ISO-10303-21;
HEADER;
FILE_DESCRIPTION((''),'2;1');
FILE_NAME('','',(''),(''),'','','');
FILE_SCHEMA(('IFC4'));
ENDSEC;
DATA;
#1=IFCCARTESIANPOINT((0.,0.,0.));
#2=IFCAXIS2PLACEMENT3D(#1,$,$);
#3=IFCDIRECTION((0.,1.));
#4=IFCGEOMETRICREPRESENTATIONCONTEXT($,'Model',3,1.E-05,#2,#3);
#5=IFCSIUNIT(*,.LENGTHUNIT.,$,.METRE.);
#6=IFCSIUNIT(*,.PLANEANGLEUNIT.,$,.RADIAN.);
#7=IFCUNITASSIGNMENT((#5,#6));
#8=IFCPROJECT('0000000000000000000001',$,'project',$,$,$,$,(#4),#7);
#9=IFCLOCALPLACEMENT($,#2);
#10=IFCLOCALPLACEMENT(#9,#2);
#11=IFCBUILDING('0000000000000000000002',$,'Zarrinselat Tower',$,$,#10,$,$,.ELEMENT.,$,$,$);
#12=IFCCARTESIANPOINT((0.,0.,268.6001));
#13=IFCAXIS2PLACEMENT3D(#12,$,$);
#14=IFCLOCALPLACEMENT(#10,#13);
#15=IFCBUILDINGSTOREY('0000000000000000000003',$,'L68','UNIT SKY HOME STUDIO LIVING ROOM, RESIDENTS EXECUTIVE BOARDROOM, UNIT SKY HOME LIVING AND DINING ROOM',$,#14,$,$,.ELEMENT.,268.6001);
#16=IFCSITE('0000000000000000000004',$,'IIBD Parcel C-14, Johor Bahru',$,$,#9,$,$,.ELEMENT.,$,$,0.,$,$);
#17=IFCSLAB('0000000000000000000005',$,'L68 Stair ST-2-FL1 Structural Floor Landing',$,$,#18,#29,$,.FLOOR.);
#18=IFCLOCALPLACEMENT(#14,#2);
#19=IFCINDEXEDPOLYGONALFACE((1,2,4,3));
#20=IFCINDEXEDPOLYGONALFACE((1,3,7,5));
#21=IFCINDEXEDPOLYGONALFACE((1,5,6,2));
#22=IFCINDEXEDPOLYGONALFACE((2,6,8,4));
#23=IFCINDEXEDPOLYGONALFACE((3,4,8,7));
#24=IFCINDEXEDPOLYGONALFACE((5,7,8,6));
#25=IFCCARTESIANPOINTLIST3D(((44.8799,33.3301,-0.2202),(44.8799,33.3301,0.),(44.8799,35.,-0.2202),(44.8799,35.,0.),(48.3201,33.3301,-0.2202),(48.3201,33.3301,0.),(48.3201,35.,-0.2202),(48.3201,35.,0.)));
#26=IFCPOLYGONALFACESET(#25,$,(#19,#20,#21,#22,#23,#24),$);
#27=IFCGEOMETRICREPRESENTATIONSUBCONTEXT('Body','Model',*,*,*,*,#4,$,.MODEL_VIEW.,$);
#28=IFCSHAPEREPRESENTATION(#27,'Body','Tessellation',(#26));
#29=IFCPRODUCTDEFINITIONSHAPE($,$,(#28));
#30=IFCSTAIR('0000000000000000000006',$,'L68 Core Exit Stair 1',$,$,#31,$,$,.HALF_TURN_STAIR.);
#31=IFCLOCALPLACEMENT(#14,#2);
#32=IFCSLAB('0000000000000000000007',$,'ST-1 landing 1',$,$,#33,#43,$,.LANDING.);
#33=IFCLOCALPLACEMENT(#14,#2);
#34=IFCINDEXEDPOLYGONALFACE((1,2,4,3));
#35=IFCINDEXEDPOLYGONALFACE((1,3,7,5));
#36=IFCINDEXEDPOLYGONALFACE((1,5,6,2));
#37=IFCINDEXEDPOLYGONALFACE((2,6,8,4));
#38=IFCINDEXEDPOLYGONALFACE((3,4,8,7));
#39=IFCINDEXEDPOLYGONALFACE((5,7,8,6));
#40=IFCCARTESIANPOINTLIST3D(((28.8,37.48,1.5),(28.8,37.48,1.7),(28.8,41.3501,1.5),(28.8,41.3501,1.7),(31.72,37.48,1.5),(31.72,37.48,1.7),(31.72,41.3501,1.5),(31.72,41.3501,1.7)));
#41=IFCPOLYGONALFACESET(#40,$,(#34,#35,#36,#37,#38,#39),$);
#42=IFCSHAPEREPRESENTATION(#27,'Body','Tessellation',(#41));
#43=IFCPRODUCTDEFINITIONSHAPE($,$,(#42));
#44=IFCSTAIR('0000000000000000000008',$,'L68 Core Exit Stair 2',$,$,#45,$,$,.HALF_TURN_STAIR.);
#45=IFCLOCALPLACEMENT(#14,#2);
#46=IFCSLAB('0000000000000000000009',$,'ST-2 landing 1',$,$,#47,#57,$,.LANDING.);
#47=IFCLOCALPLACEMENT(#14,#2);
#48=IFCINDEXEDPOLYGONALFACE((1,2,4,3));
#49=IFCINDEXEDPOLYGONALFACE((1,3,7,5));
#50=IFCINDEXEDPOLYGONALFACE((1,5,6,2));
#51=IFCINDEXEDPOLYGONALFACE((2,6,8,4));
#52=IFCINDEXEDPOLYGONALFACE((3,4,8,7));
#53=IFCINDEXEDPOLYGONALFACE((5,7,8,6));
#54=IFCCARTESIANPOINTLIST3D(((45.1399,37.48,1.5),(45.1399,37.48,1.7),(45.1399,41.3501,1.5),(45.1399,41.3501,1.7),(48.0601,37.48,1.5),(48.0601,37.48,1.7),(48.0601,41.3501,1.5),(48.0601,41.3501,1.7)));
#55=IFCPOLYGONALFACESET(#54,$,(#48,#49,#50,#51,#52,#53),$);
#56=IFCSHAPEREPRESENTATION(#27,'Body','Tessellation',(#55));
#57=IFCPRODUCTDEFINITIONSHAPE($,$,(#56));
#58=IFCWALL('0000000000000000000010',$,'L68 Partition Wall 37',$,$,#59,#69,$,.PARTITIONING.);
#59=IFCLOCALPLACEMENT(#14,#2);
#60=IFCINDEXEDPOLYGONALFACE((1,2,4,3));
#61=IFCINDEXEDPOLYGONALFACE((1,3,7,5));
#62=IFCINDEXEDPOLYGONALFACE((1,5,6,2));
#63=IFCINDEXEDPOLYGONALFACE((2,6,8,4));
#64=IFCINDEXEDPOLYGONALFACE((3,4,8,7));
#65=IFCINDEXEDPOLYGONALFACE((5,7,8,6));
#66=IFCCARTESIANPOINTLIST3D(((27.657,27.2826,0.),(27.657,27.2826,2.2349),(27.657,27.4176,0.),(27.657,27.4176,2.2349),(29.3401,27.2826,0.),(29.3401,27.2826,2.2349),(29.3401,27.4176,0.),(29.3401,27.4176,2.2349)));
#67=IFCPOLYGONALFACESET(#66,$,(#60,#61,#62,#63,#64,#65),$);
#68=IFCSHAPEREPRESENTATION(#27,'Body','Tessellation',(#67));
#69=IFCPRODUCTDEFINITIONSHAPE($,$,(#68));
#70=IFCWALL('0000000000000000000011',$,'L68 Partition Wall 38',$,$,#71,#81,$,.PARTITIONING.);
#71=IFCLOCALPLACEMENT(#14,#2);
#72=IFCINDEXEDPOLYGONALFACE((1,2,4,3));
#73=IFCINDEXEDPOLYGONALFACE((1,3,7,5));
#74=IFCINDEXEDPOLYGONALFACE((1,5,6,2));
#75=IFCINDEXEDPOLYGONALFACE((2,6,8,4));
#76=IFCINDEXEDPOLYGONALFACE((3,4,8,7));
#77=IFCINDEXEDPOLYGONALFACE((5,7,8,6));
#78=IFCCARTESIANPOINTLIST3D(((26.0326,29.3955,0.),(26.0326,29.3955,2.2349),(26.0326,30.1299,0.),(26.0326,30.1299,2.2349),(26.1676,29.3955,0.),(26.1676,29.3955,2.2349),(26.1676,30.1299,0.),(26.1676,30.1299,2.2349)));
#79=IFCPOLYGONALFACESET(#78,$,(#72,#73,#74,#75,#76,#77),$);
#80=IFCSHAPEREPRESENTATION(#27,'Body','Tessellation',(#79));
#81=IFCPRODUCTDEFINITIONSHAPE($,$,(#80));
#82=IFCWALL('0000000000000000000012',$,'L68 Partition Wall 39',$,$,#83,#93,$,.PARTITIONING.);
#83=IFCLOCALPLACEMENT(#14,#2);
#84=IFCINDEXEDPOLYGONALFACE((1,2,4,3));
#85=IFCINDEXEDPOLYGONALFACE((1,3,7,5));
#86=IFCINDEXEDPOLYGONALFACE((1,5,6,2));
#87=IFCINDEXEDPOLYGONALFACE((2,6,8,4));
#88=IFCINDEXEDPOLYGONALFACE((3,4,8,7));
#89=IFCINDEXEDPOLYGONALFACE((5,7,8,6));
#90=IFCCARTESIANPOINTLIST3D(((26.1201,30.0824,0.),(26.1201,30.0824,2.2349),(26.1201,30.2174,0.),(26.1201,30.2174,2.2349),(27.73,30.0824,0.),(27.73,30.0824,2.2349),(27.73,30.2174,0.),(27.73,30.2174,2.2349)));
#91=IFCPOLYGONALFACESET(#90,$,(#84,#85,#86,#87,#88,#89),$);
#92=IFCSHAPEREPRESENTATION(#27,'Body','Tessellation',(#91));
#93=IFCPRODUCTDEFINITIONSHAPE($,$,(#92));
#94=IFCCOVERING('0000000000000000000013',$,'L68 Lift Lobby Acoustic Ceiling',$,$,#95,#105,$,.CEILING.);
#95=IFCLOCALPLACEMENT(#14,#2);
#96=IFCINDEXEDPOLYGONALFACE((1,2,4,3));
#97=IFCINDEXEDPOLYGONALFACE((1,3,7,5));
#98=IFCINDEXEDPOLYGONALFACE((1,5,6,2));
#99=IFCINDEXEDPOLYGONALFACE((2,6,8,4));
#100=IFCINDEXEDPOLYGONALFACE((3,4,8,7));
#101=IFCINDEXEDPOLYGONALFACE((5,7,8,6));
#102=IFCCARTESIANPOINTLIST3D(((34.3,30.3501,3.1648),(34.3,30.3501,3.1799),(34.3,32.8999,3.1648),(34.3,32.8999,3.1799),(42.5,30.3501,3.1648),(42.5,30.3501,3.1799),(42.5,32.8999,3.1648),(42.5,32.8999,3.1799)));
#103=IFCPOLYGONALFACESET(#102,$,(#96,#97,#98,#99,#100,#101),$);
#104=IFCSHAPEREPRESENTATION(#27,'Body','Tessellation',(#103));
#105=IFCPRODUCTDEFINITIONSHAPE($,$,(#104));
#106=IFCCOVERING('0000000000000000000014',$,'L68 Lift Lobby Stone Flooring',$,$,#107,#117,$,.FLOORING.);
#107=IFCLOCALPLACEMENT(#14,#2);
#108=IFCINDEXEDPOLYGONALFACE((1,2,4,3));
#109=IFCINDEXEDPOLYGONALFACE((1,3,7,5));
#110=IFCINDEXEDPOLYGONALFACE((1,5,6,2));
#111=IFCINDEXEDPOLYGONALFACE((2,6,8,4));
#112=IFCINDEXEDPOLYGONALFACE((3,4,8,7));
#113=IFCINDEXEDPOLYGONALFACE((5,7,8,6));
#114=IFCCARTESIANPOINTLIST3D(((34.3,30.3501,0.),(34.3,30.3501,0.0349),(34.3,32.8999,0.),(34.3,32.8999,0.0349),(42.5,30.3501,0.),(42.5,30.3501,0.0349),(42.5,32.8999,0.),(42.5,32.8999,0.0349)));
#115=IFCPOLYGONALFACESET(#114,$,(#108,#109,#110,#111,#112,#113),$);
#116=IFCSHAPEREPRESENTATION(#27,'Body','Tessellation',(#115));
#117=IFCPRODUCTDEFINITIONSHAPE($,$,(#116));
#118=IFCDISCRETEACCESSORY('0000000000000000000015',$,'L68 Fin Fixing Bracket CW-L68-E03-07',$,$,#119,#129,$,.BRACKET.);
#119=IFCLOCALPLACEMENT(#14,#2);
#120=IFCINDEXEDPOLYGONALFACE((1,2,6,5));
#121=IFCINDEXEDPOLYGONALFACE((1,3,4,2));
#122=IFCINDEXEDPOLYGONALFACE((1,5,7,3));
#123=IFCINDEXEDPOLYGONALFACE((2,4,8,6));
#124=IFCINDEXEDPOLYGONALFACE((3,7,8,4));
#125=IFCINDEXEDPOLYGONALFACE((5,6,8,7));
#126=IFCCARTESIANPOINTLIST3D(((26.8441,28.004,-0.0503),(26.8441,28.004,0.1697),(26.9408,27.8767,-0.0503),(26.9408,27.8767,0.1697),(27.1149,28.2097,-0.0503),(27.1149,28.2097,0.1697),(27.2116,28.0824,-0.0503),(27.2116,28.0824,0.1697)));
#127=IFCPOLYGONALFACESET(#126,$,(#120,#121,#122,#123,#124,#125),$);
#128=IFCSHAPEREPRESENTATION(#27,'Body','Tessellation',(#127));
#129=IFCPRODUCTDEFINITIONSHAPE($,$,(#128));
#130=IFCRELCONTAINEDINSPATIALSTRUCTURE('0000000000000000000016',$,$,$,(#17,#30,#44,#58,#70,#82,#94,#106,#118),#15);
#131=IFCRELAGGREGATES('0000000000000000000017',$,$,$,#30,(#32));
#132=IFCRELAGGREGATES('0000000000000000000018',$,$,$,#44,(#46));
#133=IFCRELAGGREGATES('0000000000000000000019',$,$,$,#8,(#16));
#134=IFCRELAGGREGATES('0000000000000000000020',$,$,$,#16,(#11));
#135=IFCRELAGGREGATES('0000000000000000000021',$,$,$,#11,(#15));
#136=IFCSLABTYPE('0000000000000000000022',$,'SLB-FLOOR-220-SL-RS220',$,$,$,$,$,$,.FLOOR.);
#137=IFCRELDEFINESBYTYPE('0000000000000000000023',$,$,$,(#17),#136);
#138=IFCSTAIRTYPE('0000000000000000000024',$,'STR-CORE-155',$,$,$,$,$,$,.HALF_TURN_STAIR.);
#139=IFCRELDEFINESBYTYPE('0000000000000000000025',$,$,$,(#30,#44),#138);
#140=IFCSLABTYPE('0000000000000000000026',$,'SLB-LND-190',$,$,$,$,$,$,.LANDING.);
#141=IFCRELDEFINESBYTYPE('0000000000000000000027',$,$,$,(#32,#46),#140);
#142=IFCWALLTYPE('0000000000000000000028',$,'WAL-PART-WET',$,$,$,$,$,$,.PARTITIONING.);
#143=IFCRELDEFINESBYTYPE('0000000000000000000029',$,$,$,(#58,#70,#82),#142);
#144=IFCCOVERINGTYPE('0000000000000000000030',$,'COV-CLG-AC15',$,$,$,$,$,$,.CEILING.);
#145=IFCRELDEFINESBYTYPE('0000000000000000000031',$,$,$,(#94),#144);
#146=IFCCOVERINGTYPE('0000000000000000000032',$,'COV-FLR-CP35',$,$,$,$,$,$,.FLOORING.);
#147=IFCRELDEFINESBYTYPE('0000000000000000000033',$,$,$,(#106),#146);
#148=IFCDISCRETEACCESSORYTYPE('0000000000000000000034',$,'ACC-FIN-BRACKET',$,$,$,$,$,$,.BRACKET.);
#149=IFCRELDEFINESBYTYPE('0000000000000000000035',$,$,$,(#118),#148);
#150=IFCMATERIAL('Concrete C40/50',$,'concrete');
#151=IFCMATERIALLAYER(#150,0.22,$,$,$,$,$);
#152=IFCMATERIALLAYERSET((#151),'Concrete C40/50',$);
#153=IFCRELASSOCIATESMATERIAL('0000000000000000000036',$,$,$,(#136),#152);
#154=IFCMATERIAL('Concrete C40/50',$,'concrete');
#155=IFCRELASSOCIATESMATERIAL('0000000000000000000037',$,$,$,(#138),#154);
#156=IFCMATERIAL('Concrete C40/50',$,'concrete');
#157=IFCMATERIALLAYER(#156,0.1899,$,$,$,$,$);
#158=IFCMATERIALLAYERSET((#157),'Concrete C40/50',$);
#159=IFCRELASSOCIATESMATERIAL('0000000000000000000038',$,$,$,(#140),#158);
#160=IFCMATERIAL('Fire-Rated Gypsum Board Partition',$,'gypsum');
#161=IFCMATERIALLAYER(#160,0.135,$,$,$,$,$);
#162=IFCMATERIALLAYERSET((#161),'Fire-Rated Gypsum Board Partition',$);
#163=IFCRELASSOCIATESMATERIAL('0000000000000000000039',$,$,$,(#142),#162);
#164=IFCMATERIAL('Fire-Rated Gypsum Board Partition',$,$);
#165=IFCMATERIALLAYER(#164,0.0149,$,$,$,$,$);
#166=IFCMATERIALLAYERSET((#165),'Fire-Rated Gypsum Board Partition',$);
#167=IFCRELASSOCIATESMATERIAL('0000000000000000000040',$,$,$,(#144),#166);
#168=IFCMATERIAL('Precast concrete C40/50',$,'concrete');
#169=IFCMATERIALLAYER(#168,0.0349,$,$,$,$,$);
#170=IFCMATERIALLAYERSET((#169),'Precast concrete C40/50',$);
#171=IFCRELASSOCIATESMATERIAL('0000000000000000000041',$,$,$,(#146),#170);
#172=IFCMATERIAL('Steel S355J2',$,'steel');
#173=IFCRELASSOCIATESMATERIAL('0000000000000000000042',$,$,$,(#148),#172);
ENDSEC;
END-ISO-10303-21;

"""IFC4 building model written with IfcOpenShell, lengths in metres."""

from ifc_helpers import new_model, si_unit, direction, frame, frame_2d, origin, origin_2d, place, context, subcontext, project, spatial, polyline, rectangle, outline, extrude, material, layer, layer_set, type_object, element, aggregate, save


model = new_model("IFC4")

# Units and contexts
model_context = context("Model", 3, precision=1e-05, world=origin(), true_north=direction((0.0, 1.0)))
body_context = subcontext(model_context, "Body", "Model", "MODEL_VIEW")
ifc_project = project(units=[si_unit("LENGTHUNIT", "METRE"), si_unit("PLANEANGLEUNIT", "RADIAN")], contexts=[model_context])

# Site, building, storey
site_placement = place(None, origin())
site = spatial("IfcSite", under=ifc_project, at=site_placement, Name="IIBD Parcel C-14, Johor Bahru", CompositionType="ELEMENT", RefElevation=0.0)
building_placement = place(site_placement, origin())
building = spatial("IfcBuilding", under=site, at=building_placement, Name="Zarrinselat Tower", CompositionType="ELEMENT")
storey_placement = place(building_placement, frame((0.0, 0.0, 268.6001)))
storey = spatial("IfcBuildingStorey", under=building, at=storey_placement, Name="L68", Description="UNIT SKY HOME STUDIO LIVING ROOM, RESIDENTS EXECUTIVE BOARDROOM, UNIT SKY HOME LIVING AND DINING ROOM", CompositionType="ELEMENT", Elevation=268.6001)

# Slab
ifc_material_1 = material(Name="Concrete C40/50", Category="concrete")
ifc_layer_1 = layer(ifc_material_1, 0.22)
ifc_layer_set_1 = layer_set([ifc_layer_1], Name="Concrete C40/50")
slab_type_1 = type_object("IfcSlabType", Name="SLB-FLOOR-220-SL-RS220", PredefinedType="FLOOR", material=ifc_layer_set_1)
slab_1_placement = place(storey_placement, frame((0.0, 0.0, -0.2202)))
element("IfcSlab", 1, at=slab_1_placement, inside=storey, type_object=slab_type_1, Name="L68 Stair ST-2-FL1 Structural Floor Landing", PredefinedType="FLOOR", context=body_context, shape_type="SweptSolid", body=[
    extrude(outline(polyline([(48.3201, 33.3301), (48.3201, 35.0), (44.8799, 35.0), (44.8799, 33.3301), (48.3201, 33.3301)])), origin(), (0.0, 0.0, 1.0), 0.2202),
])

# Stairs, slabs
ifc_material_2 = material(Name="Concrete C40/50", Category="concrete")
stair_type = type_object("IfcStairType", Name="STR-CORE-155", PredefinedType="HALF_TURN_STAIR", material=ifc_material_2)
stair_1_placement = place(storey_placement, origin())
stair_1 = element("IfcStair", 2, at=stair_1_placement, inside=storey, type_object=stair_type, Name="L68 Core Exit Stair 1", PredefinedType="HALF_TURN_STAIR")
ifc_material_3 = material(Name="Concrete C40/50", Category="concrete")
ifc_layer_2 = layer(ifc_material_3, 0.1899)
ifc_layer_set_2 = layer_set([ifc_layer_2], Name="Concrete C40/50")
slab_type_2 = type_object("IfcSlabType", Name="SLB-LND-190", PredefinedType="LANDING", material=ifc_layer_set_2)
slab_2_placement = place(storey_placement, frame((0.0, 0.0, 1.5)))
slab_2 = element("IfcSlab", 3, at=slab_2_placement, type_object=slab_type_2, Name="ST-1 landing 1", PredefinedType="LANDING", context=body_context, shape_type="SweptSolid", body=[
    extrude(outline(polyline([(31.72, 37.48), (31.72, 41.3501), (28.8, 41.3501), (28.8, 37.48), (31.72, 37.48)])), origin(), (0.0, 0.0, 1.0), 0.2),
])
aggregate(stair_1, [slab_2])
stair_2_placement = place(storey_placement, origin())
stair_2 = element("IfcStair", 4, at=stair_2_placement, inside=storey, type_object=stair_type, Name="L68 Core Exit Stair 2", PredefinedType="HALF_TURN_STAIR")
slab_3_placement = place(storey_placement, frame((0.0, 0.0, 1.5)))
slab_3 = element("IfcSlab", 5, at=slab_3_placement, type_object=slab_type_2, Name="ST-2 landing 1", PredefinedType="LANDING", context=body_context, shape_type="SweptSolid", body=[
    extrude(outline(polyline([(48.0601, 37.48), (48.0601, 41.3501), (45.1399, 41.3501), (45.1399, 37.48), (48.0601, 37.48)])), origin(), (0.0, 0.0, 1.0), 0.2),
])
aggregate(stair_2, [slab_3])

# Walls
ifc_material_4 = material(Name="Fire-Rated Gypsum Board Partition", Category="gypsum")
ifc_layer_3 = layer(ifc_material_4, 0.135)
ifc_layer_set_3 = layer_set([ifc_layer_3], Name="Fire-Rated Gypsum Board Partition")
wall_type = type_object("IfcWallType", Name="WAL-PART-WET", PredefinedType="PARTITIONING", material=ifc_layer_set_3)
wall_1_placement = place(storey_placement, frame((27.657, 27.3501, 0.0), z_axis=(0.0, 0.0, 1.0), x_axis=(1.0, 0.0, 0.0)))
element("IfcWall", 6, at=wall_1_placement, inside=storey, type_object=wall_type, Name="L68 Partition Wall 37", PredefinedType="PARTITIONING", context=body_context, shape_type="SweptSolid", body=[
    extrude(rectangle(XDim=1.6831, YDim=0.135, at=frame_2d((0.8416, 0.0))), origin(), (0.0, 0.0, 1.0), 2.2349),
])
wall_2_placement = place(storey_placement, frame((26.1001, 29.3955, 0.0), z_axis=(0.0, 0.0, 1.0), x_axis=(0.0, 1.0, 0.0)))
element("IfcWall", 7, at=wall_2_placement, inside=storey, type_object=wall_type, Name="L68 Partition Wall 38", PredefinedType="PARTITIONING", context=body_context, shape_type="SweptSolid", body=[
    extrude(rectangle(XDim=0.7344, YDim=0.135, at=frame_2d((0.3672, 0.0))), origin(), (0.0, 0.0, 1.0), 2.2349),
])
wall_3_placement = place(storey_placement, frame((26.1201, 30.1499, 0.0), z_axis=(0.0, 0.0, 1.0), x_axis=(1.0, 0.0, 0.0)))
element("IfcWall", 8, at=wall_3_placement, inside=storey, type_object=wall_type, Name="L68 Partition Wall 39", PredefinedType="PARTITIONING", context=body_context, shape_type="SweptSolid", body=[
    extrude(rectangle(XDim=1.6099, YDim=0.135, at=frame_2d((0.8049, 0.0))), origin(), (0.0, 0.0, 1.0), 2.2349),
])

# Coverings
ifc_material_5 = material(Name="Fire-Rated Gypsum Board Partition")
ifc_layer_4 = layer(ifc_material_5, 0.0149)
ifc_layer_set_4 = layer_set([ifc_layer_4], Name="Fire-Rated Gypsum Board Partition")
covering_type_1 = type_object("IfcCoveringType", Name="COV-CLG-AC15", PredefinedType="CEILING", material=ifc_layer_set_4)
covering_1_placement = place(storey_placement, frame((0.0, 0.0, 3.1648)))
element("IfcCovering", 9, at=covering_1_placement, inside=storey, type_object=covering_type_1, Name="L68 Lift Lobby Acoustic Ceiling", PredefinedType="CEILING", context=body_context, shape_type="SweptSolid", body=[
    extrude(outline(polyline([(34.3, 30.3501), (42.5, 30.3501), (42.5, 32.8999), (34.3, 32.8999), (34.3, 30.3501)])), origin(), (0.0, 0.0, 1.0), 0.0151),
])
ifc_material_6 = material(Name="Precast concrete C40/50", Category="concrete")
ifc_layer_5 = layer(ifc_material_6, 0.0349)
ifc_layer_set_5 = layer_set([ifc_layer_5], Name="Precast concrete C40/50")
covering_type_2 = type_object("IfcCoveringType", Name="COV-FLR-CP35", PredefinedType="FLOORING", material=ifc_layer_set_5)
covering_2_placement = place(storey_placement, origin())
element("IfcCovering", 10, at=covering_2_placement, inside=storey, type_object=covering_type_2, Name="L68 Lift Lobby Stone Flooring", PredefinedType="FLOORING", context=body_context, shape_type="SweptSolid", body=[
    extrude(outline(polyline([(34.3, 30.3501), (42.5, 30.3501), (42.5, 32.8999), (34.3, 32.8999), (34.3, 30.3501)])), origin(), (0.0, 0.0, 1.0), 0.0349),
])

# Discrete accessory
ifc_material_7 = material(Name="Steel S355J2", Category="steel")
discrete_accessory_type = type_object("IfcDiscreteAccessoryType", Name="ACC-FIN-BRACKET", PredefinedType="BRACKET", material=ifc_material_7)
discrete_accessory_placement = place(storey_placement, frame((27.0278, 28.0432, -0.0503), z_axis=(0.0, 0.0, 1.0), x_axis=(-0.796387, -0.604788, 0.0)))
element("IfcDiscreteAccessory", 11, at=discrete_accessory_placement, inside=storey, type_object=discrete_accessory_type, Name="L68 Fin Fixing Bracket CW-L68-E03-07", PredefinedType="BRACKET", context=body_context, shape_type="SweptSolid", body=[
    extrude(rectangle(XDim=0.3401, YDim=0.1599, at=origin_2d()), origin(), (0.0, 0.0, 1.0), 0.22),
])

save(model, "model.ifc")
